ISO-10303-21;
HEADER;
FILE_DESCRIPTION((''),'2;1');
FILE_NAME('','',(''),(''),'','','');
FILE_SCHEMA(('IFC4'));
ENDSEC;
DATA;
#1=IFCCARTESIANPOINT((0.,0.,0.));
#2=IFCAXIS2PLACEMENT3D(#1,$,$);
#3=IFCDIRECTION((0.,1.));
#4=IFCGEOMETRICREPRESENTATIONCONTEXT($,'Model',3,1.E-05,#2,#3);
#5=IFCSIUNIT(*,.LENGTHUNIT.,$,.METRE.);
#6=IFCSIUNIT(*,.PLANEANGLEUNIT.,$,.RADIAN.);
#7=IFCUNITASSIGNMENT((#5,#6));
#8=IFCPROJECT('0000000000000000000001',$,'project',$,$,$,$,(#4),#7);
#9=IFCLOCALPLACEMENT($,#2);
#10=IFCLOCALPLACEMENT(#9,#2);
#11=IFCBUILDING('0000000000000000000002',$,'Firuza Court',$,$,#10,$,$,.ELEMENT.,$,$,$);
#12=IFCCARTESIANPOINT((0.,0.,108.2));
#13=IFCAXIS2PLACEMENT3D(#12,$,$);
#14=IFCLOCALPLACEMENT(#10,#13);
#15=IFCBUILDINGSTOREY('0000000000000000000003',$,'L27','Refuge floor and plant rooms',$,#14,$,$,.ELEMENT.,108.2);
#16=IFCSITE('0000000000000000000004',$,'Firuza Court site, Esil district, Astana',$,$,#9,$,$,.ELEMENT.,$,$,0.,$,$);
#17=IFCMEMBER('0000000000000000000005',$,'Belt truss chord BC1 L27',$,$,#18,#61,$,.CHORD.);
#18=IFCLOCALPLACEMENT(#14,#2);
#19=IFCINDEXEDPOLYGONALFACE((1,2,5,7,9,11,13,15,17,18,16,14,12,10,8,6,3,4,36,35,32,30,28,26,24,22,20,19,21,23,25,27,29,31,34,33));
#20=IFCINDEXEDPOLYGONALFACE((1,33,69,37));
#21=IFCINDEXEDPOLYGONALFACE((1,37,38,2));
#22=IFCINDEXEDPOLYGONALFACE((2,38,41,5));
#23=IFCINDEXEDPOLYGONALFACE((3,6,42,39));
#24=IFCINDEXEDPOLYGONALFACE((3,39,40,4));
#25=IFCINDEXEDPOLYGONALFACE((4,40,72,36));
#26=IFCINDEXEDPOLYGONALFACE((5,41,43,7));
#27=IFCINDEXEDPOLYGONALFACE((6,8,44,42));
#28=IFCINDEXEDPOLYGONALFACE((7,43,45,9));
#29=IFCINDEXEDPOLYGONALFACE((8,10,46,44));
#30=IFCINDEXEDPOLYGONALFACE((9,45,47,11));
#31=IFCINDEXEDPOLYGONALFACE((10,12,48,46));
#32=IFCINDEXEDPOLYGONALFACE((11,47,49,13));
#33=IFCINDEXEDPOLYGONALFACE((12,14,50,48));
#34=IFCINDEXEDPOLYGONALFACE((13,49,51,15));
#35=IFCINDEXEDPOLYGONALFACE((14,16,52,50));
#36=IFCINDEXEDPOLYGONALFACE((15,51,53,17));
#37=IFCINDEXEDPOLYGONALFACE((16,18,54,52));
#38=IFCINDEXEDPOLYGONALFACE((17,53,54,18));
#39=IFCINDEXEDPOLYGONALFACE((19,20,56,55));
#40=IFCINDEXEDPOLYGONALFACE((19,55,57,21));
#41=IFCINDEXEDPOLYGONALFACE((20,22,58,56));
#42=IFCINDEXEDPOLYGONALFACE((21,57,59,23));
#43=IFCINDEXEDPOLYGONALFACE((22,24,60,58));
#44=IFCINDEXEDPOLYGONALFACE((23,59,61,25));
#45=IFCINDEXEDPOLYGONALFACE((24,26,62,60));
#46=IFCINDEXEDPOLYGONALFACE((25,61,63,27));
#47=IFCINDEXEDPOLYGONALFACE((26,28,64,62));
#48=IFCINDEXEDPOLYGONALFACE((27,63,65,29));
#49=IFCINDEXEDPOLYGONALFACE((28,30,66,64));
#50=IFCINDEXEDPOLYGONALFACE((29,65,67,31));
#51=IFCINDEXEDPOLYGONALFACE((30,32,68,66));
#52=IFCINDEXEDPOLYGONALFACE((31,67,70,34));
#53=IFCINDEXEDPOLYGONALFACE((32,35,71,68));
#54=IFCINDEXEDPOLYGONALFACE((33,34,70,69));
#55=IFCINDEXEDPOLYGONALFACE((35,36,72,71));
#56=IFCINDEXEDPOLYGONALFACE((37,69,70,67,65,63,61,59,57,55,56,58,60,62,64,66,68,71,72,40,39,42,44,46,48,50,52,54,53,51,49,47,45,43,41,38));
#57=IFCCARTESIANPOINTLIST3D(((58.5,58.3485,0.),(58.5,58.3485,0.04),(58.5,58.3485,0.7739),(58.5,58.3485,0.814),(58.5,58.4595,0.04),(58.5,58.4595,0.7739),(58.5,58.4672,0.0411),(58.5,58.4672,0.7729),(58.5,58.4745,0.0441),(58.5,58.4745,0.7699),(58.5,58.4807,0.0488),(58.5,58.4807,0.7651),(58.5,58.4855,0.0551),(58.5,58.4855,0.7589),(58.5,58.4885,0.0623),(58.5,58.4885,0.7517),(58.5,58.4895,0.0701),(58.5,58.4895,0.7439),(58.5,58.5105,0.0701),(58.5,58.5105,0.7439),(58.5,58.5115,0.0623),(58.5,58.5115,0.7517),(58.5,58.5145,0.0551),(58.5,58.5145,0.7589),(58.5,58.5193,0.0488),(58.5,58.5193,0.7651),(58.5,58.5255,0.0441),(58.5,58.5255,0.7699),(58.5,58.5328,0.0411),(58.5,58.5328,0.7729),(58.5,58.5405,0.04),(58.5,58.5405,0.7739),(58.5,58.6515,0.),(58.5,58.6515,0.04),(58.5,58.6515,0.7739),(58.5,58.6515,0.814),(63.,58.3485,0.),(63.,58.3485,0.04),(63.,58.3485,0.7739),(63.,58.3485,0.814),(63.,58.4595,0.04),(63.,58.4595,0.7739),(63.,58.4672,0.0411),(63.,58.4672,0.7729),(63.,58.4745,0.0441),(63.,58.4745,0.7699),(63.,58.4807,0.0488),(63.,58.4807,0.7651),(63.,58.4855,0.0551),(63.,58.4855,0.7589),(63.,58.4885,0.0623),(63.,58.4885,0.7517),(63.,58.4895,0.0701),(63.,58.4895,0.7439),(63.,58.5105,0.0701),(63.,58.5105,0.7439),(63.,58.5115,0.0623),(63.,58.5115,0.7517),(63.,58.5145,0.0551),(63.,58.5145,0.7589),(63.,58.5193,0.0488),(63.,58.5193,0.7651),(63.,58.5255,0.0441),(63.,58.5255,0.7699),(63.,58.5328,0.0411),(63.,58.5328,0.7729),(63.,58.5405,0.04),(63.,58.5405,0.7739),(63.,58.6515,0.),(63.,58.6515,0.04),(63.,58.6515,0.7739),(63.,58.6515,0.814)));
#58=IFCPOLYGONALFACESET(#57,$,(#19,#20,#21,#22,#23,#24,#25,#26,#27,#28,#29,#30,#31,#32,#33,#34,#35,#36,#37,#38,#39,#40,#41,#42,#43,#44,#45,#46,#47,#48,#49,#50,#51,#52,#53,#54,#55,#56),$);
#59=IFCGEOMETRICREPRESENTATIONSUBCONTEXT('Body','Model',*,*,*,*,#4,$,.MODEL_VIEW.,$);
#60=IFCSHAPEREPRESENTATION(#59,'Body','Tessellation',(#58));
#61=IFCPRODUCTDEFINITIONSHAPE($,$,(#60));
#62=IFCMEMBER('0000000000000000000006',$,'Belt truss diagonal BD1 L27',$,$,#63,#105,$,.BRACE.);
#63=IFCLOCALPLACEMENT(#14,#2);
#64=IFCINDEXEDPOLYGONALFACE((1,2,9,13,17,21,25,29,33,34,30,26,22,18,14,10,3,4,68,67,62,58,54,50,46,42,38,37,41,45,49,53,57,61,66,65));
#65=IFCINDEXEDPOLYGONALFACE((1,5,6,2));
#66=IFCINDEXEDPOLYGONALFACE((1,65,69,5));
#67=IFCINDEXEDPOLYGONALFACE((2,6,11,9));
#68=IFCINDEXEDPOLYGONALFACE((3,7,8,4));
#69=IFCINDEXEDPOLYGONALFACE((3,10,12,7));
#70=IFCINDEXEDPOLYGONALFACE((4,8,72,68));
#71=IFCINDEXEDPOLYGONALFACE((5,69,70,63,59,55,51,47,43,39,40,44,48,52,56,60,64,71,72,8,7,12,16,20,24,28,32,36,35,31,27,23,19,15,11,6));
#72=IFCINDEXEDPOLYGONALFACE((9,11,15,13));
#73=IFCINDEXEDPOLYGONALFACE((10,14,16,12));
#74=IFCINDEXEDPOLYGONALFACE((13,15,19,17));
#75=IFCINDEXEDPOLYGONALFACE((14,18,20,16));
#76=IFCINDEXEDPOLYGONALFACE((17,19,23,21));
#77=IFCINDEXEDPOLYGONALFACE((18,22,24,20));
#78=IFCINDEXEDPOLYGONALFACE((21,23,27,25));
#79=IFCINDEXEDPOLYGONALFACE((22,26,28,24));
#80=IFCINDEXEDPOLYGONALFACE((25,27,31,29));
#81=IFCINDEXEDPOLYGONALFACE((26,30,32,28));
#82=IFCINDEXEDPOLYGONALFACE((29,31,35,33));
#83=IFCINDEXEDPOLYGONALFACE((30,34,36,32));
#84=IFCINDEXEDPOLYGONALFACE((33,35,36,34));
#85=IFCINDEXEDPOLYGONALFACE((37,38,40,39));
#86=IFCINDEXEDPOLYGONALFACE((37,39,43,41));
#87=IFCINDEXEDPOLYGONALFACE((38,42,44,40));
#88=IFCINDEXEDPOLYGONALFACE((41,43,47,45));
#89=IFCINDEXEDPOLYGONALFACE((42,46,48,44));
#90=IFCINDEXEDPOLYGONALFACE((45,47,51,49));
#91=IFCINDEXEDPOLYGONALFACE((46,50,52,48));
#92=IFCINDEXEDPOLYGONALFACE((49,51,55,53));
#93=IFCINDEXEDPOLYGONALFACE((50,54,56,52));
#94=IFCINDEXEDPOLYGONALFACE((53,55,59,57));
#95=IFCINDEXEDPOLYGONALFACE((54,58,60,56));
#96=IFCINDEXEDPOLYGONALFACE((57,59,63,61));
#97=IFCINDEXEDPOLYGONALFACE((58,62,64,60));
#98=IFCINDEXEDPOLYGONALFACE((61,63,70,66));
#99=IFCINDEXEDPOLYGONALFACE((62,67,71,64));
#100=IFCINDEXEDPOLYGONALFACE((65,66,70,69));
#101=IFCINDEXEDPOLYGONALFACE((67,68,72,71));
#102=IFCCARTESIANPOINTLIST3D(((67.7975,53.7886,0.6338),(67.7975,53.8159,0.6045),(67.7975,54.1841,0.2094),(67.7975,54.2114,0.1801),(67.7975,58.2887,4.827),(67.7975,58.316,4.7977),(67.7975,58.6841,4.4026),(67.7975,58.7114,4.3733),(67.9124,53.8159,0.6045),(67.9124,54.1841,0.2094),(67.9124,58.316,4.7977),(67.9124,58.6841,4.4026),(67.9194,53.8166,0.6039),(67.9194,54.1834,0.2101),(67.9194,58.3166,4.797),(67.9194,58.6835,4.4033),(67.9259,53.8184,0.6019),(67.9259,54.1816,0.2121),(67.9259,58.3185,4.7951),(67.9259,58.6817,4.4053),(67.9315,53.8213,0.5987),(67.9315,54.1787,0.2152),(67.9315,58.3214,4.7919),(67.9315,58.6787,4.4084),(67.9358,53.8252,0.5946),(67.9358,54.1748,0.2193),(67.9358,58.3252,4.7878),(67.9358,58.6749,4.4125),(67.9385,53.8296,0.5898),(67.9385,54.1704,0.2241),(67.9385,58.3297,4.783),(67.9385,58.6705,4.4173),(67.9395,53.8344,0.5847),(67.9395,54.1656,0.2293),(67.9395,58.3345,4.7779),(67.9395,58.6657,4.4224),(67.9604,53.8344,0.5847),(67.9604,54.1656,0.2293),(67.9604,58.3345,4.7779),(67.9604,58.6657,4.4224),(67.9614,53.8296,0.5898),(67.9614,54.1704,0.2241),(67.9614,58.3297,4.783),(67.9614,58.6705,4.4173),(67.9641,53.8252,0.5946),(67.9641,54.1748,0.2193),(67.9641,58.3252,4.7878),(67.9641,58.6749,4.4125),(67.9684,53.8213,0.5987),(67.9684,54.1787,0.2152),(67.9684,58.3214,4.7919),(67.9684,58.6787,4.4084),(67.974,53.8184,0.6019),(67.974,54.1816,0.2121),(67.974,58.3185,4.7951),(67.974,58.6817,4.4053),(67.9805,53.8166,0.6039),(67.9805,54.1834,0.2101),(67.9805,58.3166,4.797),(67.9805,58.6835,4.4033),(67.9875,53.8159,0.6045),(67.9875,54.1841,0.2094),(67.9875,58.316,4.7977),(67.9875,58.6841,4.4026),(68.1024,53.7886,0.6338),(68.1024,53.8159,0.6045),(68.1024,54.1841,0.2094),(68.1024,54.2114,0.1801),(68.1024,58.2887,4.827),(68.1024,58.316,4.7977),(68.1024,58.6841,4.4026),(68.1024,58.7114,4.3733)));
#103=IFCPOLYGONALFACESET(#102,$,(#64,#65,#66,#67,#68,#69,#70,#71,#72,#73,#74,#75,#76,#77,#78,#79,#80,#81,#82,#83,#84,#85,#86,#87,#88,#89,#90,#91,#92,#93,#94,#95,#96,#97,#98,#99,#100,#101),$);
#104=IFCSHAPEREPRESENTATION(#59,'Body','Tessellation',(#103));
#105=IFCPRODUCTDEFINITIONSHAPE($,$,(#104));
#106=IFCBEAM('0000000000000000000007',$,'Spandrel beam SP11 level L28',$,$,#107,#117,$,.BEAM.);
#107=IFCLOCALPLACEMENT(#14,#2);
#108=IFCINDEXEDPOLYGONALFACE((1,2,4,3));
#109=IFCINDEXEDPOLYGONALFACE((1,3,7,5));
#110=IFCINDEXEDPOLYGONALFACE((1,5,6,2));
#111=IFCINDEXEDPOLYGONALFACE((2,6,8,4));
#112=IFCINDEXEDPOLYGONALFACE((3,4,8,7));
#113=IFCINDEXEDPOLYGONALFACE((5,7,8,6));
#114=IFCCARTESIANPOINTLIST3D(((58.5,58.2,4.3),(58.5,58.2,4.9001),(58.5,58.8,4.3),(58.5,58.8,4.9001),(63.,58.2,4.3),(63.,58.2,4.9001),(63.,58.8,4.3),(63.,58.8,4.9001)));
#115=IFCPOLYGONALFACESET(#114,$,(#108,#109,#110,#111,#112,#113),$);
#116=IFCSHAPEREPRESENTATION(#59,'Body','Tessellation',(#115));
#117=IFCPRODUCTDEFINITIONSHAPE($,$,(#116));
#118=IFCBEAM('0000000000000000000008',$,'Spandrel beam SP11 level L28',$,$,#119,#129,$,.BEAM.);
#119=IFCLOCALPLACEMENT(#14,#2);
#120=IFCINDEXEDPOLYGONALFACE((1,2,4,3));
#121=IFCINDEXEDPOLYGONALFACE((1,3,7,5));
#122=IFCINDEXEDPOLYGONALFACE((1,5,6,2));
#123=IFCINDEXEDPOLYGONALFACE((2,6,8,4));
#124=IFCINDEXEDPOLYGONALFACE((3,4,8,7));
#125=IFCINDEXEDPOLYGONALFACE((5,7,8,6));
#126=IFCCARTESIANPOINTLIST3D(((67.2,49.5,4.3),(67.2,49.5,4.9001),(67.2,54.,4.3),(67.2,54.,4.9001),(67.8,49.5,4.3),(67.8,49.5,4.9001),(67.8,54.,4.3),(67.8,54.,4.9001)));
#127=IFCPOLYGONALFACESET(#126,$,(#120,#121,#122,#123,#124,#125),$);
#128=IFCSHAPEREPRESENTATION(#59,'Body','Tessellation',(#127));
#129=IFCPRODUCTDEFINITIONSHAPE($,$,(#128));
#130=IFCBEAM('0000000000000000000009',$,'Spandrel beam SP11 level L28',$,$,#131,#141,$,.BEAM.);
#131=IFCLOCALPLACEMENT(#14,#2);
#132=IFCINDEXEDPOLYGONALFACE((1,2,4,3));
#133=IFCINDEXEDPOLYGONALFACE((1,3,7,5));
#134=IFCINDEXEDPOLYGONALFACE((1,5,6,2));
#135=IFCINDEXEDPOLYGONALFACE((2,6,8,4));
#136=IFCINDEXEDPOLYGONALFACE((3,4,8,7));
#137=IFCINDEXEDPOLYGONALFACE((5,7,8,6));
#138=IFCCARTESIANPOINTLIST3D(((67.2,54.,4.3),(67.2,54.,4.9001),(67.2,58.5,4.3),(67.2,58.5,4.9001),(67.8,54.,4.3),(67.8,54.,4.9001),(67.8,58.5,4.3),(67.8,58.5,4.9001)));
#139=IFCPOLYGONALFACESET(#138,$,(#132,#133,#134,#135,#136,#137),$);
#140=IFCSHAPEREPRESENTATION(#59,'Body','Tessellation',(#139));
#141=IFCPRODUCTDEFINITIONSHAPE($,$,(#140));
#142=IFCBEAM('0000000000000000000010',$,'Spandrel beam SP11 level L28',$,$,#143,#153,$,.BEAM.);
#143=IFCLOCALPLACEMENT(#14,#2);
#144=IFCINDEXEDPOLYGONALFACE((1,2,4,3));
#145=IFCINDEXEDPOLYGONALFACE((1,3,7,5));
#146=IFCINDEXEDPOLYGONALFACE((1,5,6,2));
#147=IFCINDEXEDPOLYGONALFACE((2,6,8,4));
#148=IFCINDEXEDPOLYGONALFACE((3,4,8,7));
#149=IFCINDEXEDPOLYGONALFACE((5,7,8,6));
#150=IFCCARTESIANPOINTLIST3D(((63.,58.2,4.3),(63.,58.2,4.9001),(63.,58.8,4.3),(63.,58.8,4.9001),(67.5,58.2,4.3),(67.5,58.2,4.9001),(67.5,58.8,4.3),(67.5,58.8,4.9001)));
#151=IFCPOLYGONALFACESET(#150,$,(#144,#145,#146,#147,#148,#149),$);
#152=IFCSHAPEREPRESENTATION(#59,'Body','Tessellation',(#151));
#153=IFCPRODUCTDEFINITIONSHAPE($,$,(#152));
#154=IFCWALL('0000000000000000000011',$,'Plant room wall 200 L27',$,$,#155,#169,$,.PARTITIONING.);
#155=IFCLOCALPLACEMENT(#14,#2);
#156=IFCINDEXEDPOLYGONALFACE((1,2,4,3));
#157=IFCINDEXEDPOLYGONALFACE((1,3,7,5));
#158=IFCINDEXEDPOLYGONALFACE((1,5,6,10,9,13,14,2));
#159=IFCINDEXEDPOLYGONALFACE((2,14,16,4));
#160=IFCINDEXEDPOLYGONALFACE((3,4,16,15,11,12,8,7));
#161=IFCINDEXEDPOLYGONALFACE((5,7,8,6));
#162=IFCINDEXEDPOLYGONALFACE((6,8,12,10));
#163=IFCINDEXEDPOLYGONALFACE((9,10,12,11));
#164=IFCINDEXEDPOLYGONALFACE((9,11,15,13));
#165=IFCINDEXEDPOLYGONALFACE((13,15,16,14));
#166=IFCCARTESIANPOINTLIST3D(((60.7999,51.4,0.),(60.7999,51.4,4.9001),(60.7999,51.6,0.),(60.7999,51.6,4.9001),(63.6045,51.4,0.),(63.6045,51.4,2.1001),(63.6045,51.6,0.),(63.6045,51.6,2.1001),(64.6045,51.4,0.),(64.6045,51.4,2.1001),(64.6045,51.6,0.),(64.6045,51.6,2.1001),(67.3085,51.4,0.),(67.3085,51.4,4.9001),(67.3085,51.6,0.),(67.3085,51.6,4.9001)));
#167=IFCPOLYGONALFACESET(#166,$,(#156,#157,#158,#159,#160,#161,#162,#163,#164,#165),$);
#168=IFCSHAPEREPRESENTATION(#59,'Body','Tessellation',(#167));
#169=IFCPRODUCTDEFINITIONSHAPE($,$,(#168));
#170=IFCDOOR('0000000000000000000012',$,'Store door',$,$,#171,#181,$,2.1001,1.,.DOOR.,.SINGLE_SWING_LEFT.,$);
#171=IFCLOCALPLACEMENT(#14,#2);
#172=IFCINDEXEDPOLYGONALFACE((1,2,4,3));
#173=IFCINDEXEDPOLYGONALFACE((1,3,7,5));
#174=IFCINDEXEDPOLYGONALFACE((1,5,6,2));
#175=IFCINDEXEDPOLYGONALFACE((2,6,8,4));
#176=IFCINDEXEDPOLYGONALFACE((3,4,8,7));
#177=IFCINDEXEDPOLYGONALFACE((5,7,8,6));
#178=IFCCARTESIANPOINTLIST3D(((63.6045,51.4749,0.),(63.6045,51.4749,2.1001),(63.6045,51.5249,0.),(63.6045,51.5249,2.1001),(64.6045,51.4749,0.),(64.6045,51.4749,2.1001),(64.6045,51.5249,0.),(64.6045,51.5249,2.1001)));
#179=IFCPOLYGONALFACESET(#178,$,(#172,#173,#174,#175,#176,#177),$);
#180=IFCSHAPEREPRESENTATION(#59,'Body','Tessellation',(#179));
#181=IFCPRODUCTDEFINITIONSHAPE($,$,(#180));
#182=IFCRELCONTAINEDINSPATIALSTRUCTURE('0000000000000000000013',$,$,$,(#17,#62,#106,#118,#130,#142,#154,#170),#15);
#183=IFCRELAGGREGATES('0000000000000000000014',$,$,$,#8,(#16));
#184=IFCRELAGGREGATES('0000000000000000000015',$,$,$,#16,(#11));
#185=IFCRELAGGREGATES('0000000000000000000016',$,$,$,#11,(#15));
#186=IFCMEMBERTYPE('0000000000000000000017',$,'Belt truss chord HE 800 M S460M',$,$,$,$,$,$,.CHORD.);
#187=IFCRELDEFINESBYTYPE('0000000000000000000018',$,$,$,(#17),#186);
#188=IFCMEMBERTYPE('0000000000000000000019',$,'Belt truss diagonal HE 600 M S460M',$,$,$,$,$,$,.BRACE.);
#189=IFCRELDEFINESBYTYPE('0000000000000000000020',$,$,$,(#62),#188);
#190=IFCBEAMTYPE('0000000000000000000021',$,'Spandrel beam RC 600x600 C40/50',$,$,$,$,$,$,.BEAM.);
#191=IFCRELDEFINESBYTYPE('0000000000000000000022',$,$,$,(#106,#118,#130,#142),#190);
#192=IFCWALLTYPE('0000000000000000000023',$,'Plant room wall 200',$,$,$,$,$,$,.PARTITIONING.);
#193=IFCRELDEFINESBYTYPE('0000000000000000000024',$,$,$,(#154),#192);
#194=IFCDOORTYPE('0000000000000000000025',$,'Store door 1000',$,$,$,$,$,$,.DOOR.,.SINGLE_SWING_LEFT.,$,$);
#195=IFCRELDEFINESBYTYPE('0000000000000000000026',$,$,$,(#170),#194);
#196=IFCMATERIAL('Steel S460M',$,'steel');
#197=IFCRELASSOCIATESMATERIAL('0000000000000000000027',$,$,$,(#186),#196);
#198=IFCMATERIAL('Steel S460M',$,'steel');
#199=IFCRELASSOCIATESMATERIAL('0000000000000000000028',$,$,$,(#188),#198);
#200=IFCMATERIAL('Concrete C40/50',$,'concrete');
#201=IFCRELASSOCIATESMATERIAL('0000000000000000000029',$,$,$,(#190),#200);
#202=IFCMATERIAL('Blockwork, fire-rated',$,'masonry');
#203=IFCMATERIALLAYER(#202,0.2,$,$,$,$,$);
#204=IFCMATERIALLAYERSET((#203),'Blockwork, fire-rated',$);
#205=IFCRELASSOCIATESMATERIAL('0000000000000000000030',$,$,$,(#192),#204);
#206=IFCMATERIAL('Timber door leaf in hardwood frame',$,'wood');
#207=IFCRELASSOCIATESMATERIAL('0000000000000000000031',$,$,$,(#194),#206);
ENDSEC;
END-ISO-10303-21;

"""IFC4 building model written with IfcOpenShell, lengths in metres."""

from ifc_helpers import new_model, si_unit, direction, frame, frame_2d, origin, origin_2d, place, context, subcontext, project, spatial, rectangle, i_section, extrude, material, layer, layer_set, material_profile, profile_set, type_object, element, fill, save


model = new_model("IFC4")

# Units and contexts
model_context = context("Model", 3, precision=1e-05, world=origin(), true_north=direction((0.0, 1.0)))
body_context = subcontext(model_context, "Body", "Model", "MODEL_VIEW")
ifc_project = project(units=[si_unit("LENGTHUNIT", "METRE"), si_unit("PLANEANGLEUNIT", "RADIAN")], contexts=[model_context])

# Site, building, storey
site_placement = place(None, origin())
site = spatial("IfcSite", under=ifc_project, at=site_placement, Name="Firuza Court site, Esil district, Astana", CompositionType="ELEMENT", RefElevation=0.0)
building_placement = place(site_placement, origin())
building = spatial("IfcBuilding", under=site, at=building_placement, Name="Firuza Court", CompositionType="ELEMENT")
storey_placement = place(building_placement, frame((0.0, 0.0, 108.2)))
storey = spatial("IfcBuildingStorey", under=building, at=storey_placement, Name="L27", Description="Refuge floor and plant rooms", CompositionType="ELEMENT", Elevation=108.2)

# Members
ifc_material_1 = material(Name="Steel S460M", Category="steel")
ifc_material_profile_1 = material_profile(ifc_material_1, i_section(OverallWidth=0.303, OverallDepth=0.814, WebThickness=0.021, FlangeThickness=0.04, FilletRadius=0.03, at=origin_2d()), Name="HE 800 M")
ifc_profile_set_1 = profile_set([ifc_material_profile_1], Name="Steel S460M")
member_type_1 = type_object("IfcMemberType", Name="Belt truss chord HE 800 M S460M", PredefinedType="CHORD", material=ifc_profile_set_1)
for number, where, z_axis, x_axis, name in (
    (1, (63.0, 58.5, 0.407), (-1.0, 0.0, 0.0), (0.0, -1.0, 0.0), "Belt truss chord BC1 L27"),
):
    element("IfcMember", number, at=place(storey_placement, frame(where, z_axis=z_axis, x_axis=x_axis)), inside=storey, type_object=member_type_1, Name=name, PredefinedType="CHORD", context=body_context, shape_type="SweptSolid", body=[
        extrude(i_section(OverallWidth=0.303, OverallDepth=0.814, WebThickness=0.021, FlangeThickness=0.04, FilletRadius=0.03, at=origin_2d()), origin(), (0.0, 0.0, 1.0), 4.5),
    ])
ifc_material_2 = material(Name="Steel S460M", Category="steel")
ifc_material_profile_2 = material_profile(ifc_material_2, i_section(OverallWidth=0.3049, OverallDepth=0.6201, WebThickness=0.021, FlangeThickness=0.04, FilletRadius=0.0271, at=origin_2d()), Name="HE 600 M")
ifc_profile_set_2 = profile_set([ifc_material_profile_2], Name="Steel S460M")
member_type_2 = type_object("IfcMemberType", Name="Belt truss diagonal HE 600 M S460M", PredefinedType="BRACE", material=ifc_profile_set_2)
member_placement = place(storey_placement, frame((67.95, 54.0, 0.407), z_axis=(0.0, 0.731613, 0.68172), x_axis=(-1.0, 0.0, 0.0)))
element("IfcMember", 2, at=member_placement, inside=storey, type_object=member_type_2, Name="Belt truss diagonal BD1 L27", PredefinedType="BRACE", context=body_context, shape_type="SweptSolid", body=[
    extrude(i_section(OverallWidth=0.3049, OverallDepth=0.6201, WebThickness=0.021, FlangeThickness=0.04, FilletRadius=0.0271, at=origin_2d()), origin(), (0.0, 0.0, 1.0), 6.1509),
])

# Beams
ifc_material_3 = material(Name="Concrete C40/50", Category="concrete")
ifc_material_profile_3 = material_profile(ifc_material_3, rectangle(XDim=0.6001, YDim=0.6001, at=origin_2d()), Name="RC 600x600")
ifc_profile_set_3 = profile_set([ifc_material_profile_3], Name="Concrete C40/50")
beam_type_1 = type_object("IfcBeamType", Name="Spandrel beam RC 600x600 C40/50", PredefinedType="BEAM", material=ifc_profile_set_3)
for number, where, z_axis, x_axis, name in (
    (3, (63.0, 58.5, 4.6001), (-1.0, 0.0, 0.0), (0.0, -1.0, 0.0), "Spandrel beam SP11 level L28"),
    (4, (67.5, 49.5, 4.6001), (0.0, 1.0, 0.0), (-1.0, 0.0, 0.0), "Spandrel beam SP11 level L28"),
    (5, (67.5, 54.0, 4.6001), (0.0, 1.0, 0.0), (-1.0, 0.0, 0.0), "Spandrel beam SP11 level L28"),
    (6, (67.5, 58.5, 4.6001), (-1.0, 0.0, 0.0), (0.0, -1.0, 0.0), "Spandrel beam SP11 level L28"),
):
    element("IfcBeam", number, at=place(storey_placement, frame(where, z_axis=z_axis, x_axis=x_axis)), inside=storey, type_object=beam_type_1, Name=name, PredefinedType="BEAM", context=body_context, shape_type="SweptSolid", body=[
        extrude(rectangle(XDim=0.6001, YDim=0.6001, at=origin_2d()), origin(), (0.0, 0.0, 1.0), 4.5),
    ])

# Wall, opening, door
ifc_material_4 = material(Name="Blockwork, fire-rated", Category="masonry")
ifc_layer_1 = layer(ifc_material_4, 0.2)
ifc_layer_set_1 = layer_set([ifc_layer_1], Name="Blockwork, fire-rated")
wall_type_1 = type_object("IfcWallType", Name="Plant room wall 200", PredefinedType="PARTITIONING", material=ifc_layer_set_1)
wall_1_placement = place(storey_placement, frame((67.3086, 51.5, 0.0), z_axis=(0.0, 0.0, 1.0), x_axis=(-1.0, 0.0, 0.0)))
wall_1 = element("IfcWall", 7, at=wall_1_placement, inside=storey, type_object=wall_type_1, Name="Plant room wall 200 L27", PredefinedType="PARTITIONING", context=body_context, shape_type="SweptSolid", body=[
    extrude(rectangle(XDim=6.5085, YDim=0.2, at=frame_2d((3.2544, 0.0))), origin(), (0.0, 0.0, 1.0), 4.9001),
])
opening_1_placement = place(wall_1_placement, frame((2.7041, 0.0, 0.0)))
opening_1 = element("IfcOpeningElement", 8, at=opening_1_placement, cuts=wall_1, PredefinedType="OPENING", context=body_context, shape_type="SweptSolid", body=[
    extrude(rectangle(XDim=1.0, YDim=2.1001, at=frame_2d((0.5, 1.05))), frame((0.0, 0.1118, 0.0), z_axis=(0.0, -1.0, 0.0), x_axis=(1.0, 0.0, 0.0)), (0.0, 0.0, 1.0), 0.2239),
])
ifc_material_5 = material(Name="Timber door leaf in hardwood frame", Category="wood")
door_type = type_object("IfcDoorType", Name="Store door 1000", OperationType="SINGLE_SWING_LEFT", PredefinedType="DOOR", material=ifc_material_5)
door_placement = place(opening_1_placement, frame((1.0, 0.0, 0.0), z_axis=(0.0, 0.0, 1.0), x_axis=(-1.0, 0.0, 0.0)))
door = element("IfcDoor", 9, at=door_placement, inside=storey, type_object=door_type, Name="Store door", OperationType="SINGLE_SWING_LEFT", OverallHeight=2.1001, OverallWidth=1.0, PredefinedType="DOOR", context=body_context, shape_type="SweptSolid", body=[
    extrude(rectangle(XDim=1.0, YDim=2.1001, at=frame_2d((0.5, 1.05))), frame((0.0, 0.0249, 0.0), z_axis=(0.0, -1.0, 0.0), x_axis=(1.0, 0.0, 0.0)), (0.0, 0.0, 1.0), 0.05),
])
fill(opening_1, door)

save(model, "model.ifc")
